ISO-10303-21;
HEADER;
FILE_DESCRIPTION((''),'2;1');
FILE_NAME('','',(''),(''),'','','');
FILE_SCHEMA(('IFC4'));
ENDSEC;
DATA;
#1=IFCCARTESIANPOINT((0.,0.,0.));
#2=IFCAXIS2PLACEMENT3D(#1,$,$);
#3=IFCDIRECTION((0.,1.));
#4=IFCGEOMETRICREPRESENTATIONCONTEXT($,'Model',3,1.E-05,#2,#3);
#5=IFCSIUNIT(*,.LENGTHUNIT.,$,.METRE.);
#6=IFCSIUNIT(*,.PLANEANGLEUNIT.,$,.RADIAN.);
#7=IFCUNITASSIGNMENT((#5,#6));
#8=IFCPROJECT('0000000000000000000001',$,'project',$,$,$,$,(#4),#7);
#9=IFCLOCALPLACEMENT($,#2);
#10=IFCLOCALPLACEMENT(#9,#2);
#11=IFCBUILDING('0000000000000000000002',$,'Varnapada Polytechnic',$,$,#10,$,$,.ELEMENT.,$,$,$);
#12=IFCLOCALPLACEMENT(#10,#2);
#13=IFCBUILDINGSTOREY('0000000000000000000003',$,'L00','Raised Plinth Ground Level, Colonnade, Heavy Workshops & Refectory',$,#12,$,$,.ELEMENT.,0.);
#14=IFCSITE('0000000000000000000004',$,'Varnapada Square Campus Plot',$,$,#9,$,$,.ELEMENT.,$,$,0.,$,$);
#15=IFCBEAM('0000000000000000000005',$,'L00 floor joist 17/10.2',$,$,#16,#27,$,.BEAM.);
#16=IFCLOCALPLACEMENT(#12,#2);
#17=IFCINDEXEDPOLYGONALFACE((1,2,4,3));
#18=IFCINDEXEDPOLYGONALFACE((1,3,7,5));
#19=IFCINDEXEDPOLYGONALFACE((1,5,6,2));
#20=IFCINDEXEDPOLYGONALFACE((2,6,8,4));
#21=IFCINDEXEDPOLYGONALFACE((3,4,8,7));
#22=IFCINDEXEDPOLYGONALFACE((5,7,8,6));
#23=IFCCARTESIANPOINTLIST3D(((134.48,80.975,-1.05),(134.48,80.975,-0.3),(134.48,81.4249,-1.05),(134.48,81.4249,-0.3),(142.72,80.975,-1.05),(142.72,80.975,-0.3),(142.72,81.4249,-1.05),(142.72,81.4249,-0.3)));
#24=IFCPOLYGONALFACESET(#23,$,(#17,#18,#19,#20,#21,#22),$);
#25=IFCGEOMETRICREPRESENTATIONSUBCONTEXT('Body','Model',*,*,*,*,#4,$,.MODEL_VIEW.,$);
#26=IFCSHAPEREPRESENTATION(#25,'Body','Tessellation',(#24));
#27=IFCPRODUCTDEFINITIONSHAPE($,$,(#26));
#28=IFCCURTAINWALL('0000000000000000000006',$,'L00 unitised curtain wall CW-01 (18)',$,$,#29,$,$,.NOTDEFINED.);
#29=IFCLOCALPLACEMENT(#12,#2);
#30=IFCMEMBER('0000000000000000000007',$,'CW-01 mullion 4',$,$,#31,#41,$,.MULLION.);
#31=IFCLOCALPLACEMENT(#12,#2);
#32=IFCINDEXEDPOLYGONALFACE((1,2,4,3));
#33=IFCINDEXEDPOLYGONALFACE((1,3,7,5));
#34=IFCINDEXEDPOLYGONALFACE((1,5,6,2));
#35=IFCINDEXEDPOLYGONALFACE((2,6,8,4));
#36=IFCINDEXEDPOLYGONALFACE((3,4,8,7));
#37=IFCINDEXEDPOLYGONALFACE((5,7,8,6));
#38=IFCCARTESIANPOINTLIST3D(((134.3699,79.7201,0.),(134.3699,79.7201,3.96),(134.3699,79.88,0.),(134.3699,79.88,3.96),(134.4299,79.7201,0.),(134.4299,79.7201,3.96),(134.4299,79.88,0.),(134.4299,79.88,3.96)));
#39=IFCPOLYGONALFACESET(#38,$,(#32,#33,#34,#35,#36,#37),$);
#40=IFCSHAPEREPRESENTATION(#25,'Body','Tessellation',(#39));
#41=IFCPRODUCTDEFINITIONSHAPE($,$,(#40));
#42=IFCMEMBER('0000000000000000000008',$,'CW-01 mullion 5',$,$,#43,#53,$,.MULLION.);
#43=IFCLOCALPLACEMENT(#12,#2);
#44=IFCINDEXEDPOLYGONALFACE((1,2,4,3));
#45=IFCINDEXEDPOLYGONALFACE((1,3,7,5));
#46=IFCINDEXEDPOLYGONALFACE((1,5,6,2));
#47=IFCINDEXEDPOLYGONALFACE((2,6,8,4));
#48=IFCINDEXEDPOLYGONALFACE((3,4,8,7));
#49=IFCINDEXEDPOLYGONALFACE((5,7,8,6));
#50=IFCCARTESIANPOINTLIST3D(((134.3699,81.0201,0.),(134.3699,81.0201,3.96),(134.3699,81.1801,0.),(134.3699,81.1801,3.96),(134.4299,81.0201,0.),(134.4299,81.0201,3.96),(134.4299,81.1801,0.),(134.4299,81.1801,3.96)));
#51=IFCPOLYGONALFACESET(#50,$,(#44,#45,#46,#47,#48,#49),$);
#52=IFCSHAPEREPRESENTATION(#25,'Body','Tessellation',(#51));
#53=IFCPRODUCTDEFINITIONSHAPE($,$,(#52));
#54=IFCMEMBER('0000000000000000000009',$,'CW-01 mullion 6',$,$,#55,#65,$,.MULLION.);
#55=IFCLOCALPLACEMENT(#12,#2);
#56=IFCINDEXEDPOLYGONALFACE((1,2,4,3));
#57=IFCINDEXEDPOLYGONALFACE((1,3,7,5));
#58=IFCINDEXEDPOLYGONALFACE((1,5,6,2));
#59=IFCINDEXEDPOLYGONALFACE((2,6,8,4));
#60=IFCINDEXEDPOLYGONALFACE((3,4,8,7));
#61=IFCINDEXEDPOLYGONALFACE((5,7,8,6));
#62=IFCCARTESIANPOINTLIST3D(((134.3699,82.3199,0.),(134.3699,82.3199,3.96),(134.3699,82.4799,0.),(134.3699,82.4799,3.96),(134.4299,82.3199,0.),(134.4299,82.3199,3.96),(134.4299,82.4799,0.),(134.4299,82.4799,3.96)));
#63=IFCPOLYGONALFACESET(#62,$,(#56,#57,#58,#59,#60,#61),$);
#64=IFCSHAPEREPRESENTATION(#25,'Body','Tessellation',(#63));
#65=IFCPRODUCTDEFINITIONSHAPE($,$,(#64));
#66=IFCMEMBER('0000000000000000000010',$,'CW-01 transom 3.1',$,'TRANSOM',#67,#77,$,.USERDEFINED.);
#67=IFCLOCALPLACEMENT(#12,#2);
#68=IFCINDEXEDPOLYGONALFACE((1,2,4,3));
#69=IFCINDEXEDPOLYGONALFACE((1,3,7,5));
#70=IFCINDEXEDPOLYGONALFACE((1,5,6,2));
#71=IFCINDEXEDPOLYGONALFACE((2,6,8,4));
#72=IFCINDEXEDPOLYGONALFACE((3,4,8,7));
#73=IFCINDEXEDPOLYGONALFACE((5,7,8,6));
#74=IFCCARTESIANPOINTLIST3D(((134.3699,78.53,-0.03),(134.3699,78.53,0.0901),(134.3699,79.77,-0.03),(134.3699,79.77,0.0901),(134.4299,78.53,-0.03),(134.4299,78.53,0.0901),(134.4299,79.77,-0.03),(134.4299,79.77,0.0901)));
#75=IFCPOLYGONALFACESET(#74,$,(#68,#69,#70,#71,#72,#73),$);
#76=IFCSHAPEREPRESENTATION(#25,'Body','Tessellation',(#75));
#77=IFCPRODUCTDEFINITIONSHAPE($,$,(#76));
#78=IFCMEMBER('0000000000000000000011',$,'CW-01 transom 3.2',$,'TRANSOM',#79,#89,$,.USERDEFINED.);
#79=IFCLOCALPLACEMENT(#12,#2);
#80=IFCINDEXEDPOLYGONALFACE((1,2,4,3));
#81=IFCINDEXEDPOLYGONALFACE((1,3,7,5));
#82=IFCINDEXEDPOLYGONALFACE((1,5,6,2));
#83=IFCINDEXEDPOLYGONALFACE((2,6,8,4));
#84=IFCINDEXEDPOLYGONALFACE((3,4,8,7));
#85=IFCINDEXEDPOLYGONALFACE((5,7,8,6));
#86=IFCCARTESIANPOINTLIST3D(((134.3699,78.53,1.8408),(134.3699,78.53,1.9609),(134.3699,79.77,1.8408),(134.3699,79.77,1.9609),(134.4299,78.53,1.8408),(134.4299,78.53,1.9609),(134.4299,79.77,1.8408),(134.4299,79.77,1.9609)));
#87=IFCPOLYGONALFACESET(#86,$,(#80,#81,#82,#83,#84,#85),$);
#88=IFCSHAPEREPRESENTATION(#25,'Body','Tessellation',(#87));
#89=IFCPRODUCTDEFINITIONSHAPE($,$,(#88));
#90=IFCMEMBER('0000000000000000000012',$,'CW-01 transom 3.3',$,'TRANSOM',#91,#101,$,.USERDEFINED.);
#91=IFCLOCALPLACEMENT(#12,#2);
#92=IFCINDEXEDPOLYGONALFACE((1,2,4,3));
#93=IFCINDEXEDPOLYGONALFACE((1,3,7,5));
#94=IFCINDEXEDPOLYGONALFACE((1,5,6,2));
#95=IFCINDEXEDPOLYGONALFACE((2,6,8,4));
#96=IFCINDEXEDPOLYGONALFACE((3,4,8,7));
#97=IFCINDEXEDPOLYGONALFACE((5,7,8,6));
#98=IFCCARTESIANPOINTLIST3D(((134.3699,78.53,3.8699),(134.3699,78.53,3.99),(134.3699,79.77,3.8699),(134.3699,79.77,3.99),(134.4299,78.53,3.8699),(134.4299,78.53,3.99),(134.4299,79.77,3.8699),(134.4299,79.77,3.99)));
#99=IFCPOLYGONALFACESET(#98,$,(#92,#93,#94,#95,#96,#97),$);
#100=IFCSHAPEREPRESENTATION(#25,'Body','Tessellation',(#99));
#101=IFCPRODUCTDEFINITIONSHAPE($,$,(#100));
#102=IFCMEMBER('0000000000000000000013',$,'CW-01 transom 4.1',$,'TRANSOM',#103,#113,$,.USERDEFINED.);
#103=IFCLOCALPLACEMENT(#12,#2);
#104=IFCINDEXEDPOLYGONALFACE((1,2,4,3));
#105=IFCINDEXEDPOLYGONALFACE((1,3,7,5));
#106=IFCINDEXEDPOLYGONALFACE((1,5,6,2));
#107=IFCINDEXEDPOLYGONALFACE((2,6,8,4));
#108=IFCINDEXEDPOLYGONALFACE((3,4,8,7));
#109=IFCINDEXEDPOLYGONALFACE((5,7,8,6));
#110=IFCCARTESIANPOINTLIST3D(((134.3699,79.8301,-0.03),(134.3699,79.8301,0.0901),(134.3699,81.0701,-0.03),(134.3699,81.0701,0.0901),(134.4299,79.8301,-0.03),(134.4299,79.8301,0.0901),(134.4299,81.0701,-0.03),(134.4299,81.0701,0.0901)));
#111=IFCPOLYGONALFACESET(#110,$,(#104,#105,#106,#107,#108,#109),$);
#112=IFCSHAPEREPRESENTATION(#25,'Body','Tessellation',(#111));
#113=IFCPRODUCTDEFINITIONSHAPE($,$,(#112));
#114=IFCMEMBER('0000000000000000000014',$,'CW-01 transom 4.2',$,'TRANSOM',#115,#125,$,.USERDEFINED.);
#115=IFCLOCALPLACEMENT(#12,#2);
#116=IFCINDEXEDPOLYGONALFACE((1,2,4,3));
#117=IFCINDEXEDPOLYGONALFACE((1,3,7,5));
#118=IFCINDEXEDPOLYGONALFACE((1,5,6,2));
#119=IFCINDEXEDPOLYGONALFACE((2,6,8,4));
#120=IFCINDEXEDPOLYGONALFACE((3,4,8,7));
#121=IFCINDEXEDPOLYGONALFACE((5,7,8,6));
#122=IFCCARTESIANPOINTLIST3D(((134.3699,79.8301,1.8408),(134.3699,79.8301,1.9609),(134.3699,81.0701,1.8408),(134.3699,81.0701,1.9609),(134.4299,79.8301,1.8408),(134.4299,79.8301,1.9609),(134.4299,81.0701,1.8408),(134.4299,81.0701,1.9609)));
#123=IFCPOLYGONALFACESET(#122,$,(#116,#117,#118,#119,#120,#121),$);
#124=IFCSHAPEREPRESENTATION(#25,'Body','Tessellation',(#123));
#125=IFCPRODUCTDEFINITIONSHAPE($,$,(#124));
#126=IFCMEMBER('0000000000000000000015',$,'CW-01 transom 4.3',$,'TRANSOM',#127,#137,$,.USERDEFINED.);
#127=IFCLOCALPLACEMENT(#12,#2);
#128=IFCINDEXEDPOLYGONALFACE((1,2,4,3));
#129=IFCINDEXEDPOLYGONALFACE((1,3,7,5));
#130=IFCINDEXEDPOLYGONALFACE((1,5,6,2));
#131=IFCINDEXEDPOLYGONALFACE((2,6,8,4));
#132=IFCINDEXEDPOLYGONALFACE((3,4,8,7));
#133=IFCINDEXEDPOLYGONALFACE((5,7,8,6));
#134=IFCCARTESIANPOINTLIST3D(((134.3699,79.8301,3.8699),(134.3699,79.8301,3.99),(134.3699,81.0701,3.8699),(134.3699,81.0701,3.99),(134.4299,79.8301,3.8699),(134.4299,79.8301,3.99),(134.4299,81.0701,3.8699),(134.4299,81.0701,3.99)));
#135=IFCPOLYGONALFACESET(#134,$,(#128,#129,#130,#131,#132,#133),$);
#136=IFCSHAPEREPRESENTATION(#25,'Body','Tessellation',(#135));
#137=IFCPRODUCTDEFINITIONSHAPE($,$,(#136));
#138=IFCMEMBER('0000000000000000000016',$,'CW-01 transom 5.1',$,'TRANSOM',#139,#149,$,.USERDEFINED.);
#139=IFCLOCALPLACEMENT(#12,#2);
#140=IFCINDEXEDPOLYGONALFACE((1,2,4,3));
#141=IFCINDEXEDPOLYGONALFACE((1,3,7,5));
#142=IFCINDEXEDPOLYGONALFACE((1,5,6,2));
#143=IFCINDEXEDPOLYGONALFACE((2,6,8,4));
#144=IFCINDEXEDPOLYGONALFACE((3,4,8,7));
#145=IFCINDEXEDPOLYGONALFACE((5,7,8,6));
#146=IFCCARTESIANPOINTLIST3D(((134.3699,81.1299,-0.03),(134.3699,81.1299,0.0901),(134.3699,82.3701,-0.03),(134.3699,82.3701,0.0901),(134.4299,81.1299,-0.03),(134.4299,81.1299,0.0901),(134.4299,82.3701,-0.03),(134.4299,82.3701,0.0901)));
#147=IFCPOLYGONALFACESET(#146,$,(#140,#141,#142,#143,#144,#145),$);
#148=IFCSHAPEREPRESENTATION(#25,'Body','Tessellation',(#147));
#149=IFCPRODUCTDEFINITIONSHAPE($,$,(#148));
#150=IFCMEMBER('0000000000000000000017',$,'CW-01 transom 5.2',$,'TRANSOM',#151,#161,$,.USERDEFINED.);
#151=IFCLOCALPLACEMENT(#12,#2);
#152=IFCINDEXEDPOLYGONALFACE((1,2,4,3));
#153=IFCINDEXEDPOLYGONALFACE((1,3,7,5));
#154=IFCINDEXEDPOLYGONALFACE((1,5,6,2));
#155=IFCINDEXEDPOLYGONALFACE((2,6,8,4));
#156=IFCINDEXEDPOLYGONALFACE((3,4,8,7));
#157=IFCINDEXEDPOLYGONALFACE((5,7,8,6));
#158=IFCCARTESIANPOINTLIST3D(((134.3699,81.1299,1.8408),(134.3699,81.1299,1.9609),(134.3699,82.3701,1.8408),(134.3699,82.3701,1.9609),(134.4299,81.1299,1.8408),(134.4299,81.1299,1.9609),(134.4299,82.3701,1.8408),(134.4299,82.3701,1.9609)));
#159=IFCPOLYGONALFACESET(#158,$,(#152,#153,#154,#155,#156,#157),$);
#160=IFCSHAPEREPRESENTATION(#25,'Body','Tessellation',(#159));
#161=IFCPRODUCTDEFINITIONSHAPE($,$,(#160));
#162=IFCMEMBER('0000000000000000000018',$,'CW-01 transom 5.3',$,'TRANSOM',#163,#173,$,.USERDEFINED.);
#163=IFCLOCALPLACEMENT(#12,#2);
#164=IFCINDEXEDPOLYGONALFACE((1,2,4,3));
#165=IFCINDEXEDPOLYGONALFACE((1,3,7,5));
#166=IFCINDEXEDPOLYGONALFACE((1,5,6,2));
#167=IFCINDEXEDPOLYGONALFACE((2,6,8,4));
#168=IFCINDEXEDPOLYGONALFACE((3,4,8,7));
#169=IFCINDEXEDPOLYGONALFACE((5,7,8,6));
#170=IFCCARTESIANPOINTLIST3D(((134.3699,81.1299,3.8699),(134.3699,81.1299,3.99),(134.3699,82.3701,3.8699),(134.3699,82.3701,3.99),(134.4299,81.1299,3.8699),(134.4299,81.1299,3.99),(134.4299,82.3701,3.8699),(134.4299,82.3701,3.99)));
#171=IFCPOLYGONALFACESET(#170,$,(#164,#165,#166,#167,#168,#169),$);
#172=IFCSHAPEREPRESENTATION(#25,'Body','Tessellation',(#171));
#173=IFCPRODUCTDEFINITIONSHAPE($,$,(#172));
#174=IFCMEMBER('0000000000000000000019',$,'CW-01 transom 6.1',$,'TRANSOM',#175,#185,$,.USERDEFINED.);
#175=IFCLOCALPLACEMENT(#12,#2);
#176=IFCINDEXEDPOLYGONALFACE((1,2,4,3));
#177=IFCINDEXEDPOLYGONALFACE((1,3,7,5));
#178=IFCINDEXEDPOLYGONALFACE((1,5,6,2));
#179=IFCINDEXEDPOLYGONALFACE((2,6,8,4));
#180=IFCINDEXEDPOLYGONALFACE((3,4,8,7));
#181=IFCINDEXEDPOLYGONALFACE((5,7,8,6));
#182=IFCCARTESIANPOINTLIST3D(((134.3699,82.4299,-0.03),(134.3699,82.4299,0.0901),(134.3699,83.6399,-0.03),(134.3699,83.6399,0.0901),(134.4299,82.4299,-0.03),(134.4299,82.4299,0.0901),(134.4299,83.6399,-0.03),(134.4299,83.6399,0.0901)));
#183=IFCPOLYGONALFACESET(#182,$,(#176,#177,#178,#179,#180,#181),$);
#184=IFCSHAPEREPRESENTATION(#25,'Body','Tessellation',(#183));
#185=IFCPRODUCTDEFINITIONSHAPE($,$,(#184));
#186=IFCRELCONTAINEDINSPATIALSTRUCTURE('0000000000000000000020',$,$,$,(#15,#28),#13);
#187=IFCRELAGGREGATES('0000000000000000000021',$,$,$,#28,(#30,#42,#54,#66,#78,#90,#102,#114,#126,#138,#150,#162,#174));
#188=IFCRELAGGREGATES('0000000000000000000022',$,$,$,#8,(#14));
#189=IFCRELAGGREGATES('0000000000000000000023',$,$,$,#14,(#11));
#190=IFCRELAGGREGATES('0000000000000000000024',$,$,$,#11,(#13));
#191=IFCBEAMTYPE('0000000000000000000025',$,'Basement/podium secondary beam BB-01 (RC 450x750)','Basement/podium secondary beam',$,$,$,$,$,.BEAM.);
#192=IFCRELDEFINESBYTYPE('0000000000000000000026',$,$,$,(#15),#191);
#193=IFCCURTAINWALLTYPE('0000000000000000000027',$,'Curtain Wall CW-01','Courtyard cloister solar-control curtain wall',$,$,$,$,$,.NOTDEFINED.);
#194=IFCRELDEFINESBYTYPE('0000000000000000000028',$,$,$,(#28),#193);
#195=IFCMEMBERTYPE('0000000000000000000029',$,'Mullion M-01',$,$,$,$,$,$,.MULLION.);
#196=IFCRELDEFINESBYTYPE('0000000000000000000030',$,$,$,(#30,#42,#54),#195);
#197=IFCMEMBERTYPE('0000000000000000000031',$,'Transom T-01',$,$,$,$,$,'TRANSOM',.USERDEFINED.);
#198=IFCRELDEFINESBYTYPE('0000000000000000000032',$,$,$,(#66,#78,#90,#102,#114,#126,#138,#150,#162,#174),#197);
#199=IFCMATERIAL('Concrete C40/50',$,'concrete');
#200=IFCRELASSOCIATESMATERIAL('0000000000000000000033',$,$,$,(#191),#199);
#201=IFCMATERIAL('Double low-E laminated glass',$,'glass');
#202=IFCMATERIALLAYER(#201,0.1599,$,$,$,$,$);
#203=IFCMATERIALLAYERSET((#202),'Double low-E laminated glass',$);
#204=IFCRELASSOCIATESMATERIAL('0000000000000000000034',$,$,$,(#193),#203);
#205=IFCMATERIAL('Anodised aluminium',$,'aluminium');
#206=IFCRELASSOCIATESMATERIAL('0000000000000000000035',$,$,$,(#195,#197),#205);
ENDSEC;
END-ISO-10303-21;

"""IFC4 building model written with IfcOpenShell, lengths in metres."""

from ifc_helpers import new_model, si_unit, direction, frame, origin, origin_2d, place, context, subcontext, project, spatial, rectangle, extrude, material, layer, layer_set, material_profile, profile_set, type_object, element, aggregate, save


model = new_model("IFC4")

# Units and contexts
model_context = context("Model", 3, precision=1e-05, world=origin(), true_north=direction((0.0, 1.0)))
body_context = subcontext(model_context, "Body", "Model", "MODEL_VIEW")
ifc_project = project(units=[si_unit("LENGTHUNIT", "METRE"), si_unit("PLANEANGLEUNIT", "RADIAN")], contexts=[model_context])

# Site, building, storey
site_placement = place(None, origin())
site = spatial("IfcSite", under=ifc_project, at=site_placement, Name="Varnapada Square Campus Plot", CompositionType="ELEMENT", RefElevation=0.0)
building_placement = place(site_placement, origin())
building = spatial("IfcBuilding", under=site, at=building_placement, Name="Varnapada Polytechnic", CompositionType="ELEMENT")
storey_placement = place(building_placement, origin())
storey = spatial("IfcBuildingStorey", under=building, at=storey_placement, Name="L00", Description="Raised Plinth Ground Level, Colonnade, Heavy Workshops & Refectory", CompositionType="ELEMENT", Elevation=0.0)

# Beam
ifc_material_1 = material(Name="Concrete C40/50", Category="concrete")
ifc_material_profile_1 = material_profile(ifc_material_1, rectangle(XDim=0.45, YDim=0.75, at=origin_2d()), Name="RC 450x750")
ifc_profile_set_1 = profile_set([ifc_material_profile_1], Name="Concrete C40/50")
beam_type = type_object("IfcBeamType", Name="Basement/podium secondary beam BB-01 (RC 450x750)", Description="Basement/podium secondary beam", PredefinedType="BEAM", material=ifc_profile_set_1)
beam_placement = place(storey_placement, frame((134.48, 81.2, -0.675), z_axis=(1.0, 0.0, 0.0), x_axis=(0.0, 1.0, 0.0)))
element("IfcBeam", 1, at=beam_placement, inside=storey, type_object=beam_type, Name="L00 floor joist 17/10.2", PredefinedType="BEAM", context=body_context, shape_type="SweptSolid", body=[
    extrude(rectangle(XDim=0.45, YDim=0.75, at=origin_2d()), origin(), (0.0, 0.0, 1.0), 8.24),
])

# Curtain wall, members
ifc_material_2 = material(Name="Double low-E laminated glass", Category="glass")
ifc_layer_1 = layer(ifc_material_2, 0.1599)
ifc_layer_set_1 = layer_set([ifc_layer_1], Name="Double low-E laminated glass")
curtain_wall_type = type_object("IfcCurtainWallType", Name="Curtain Wall CW-01", Description="Courtyard cloister solar-control curtain wall", PredefinedType="NOTDEFINED", material=ifc_layer_set_1)
curtain_wall_placement = place(storey_placement, origin())
curtain_wall = element("IfcCurtainWall", 2, at=curtain_wall_placement, inside=storey, type_object=curtain_wall_type, Name="L00 unitised curtain wall CW-01 (18)", PredefinedType="NOTDEFINED")
ifc_material_3 = material(Name="Anodised aluminium", Category="aluminium")
ifc_material_profile_2 = material_profile(ifc_material_3, rectangle(XDim=0.0601, YDim=0.1599, at=origin_2d()), Name="ALU M60x160")
ifc_profile_set_2 = profile_set([ifc_material_profile_2], Name="Anodised aluminium")
member_type_1 = type_object("IfcMemberType", Name="Mullion M-01", PredefinedType="MULLION", material=ifc_profile_set_2)
member_1_placement = place(storey_placement, frame((134.3999, 79.8, 0.0), z_axis=(0.0, 0.0, 1.0), x_axis=(-1.0, 0.0, 0.0)))
member_1 = element("IfcMember", 3, at=member_1_placement, type_object=member_type_1, Name="CW-01 mullion 4", PredefinedType="MULLION", context=body_context, shape_type="SweptSolid", body=[
    extrude(rectangle(XDim=0.0601, YDim=0.1599, at=origin_2d()), origin(), (0.0, 0.0, 1.0), 3.96),
])
member_2_placement = place(storey_placement, frame((134.3999, 81.1001, 0.0), z_axis=(0.0, 0.0, 1.0), x_axis=(-1.0, 0.0, 0.0)))
member_2 = element("IfcMember", 4, at=member_2_placement, type_object=member_type_1, Name="CW-01 mullion 5", PredefinedType="MULLION", context=body_context, shape_type="SweptSolid", body=[
    extrude(rectangle(XDim=0.0601, YDim=0.1599, at=origin_2d()), origin(), (0.0, 0.0, 1.0), 3.96),
])
member_3_placement = place(storey_placement, frame((134.3999, 82.3999, 0.0), z_axis=(0.0, 0.0, 1.0), x_axis=(-1.0, 0.0, 0.0)))
member_3 = element("IfcMember", 5, at=member_3_placement, type_object=member_type_1, Name="CW-01 mullion 6", PredefinedType="MULLION", context=body_context, shape_type="SweptSolid", body=[
    extrude(rectangle(XDim=0.0601, YDim=0.1599, at=origin_2d()), origin(), (0.0, 0.0, 1.0), 3.96),
])
ifc_material_profile_3 = material_profile(ifc_material_3, rectangle(XDim=0.0601, YDim=0.1201, at=origin_2d()), Name="ALU T60x120")
ifc_profile_set_3 = profile_set([ifc_material_profile_3], Name="Anodised aluminium")
member_type_2 = type_object("IfcMemberType", Name="Transom T-01", ElementType="TRANSOM", PredefinedType="USERDEFINED", material=ifc_profile_set_3)
member_4_placement = place(storey_placement, frame((134.3999, 78.53, 0.03), z_axis=(0.0, 1.0, 0.0), x_axis=(-1.0, 0.0, 0.0)))
member_4 = element("IfcMember", 6, at=member_4_placement, type_object=member_type_2, Name="CW-01 transom 3.1", ObjectType="TRANSOM", PredefinedType="USERDEFINED", context=body_context, shape_type="SweptSolid", body=[
    extrude(rectangle(XDim=0.0601, YDim=0.1201, at=origin_2d()), origin(), (0.0, 0.0, 1.0), 1.24),
])
member_5_placement = place(storey_placement, frame((134.3999, 78.53, 1.9009), z_axis=(0.0, 1.0, 0.0), x_axis=(-1.0, 0.0, 0.0)))
member_5 = element("IfcMember", 7, at=member_5_placement, type_object=member_type_2, Name="CW-01 transom 3.2", ObjectType="TRANSOM", PredefinedType="USERDEFINED", context=body_context, shape_type="SweptSolid", body=[
    extrude(rectangle(XDim=0.0601, YDim=0.1201, at=origin_2d()), origin(), (0.0, 0.0, 1.0), 1.24),
])
member_6_placement = place(storey_placement, frame((134.3999, 78.53, 3.9299), z_axis=(0.0, 1.0, 0.0), x_axis=(-1.0, 0.0, 0.0)))
member_6 = element("IfcMember", 8, at=member_6_placement, type_object=member_type_2, Name="CW-01 transom 3.3", ObjectType="TRANSOM", PredefinedType="USERDEFINED", context=body_context, shape_type="SweptSolid", body=[
    extrude(rectangle(XDim=0.0601, YDim=0.1201, at=origin_2d()), origin(), (0.0, 0.0, 1.0), 1.24),
])
member_7_placement = place(storey_placement, frame((134.3999, 79.8301, 0.03), z_axis=(0.0, 1.0, 0.0), x_axis=(-1.0, 0.0, 0.0)))
member_7 = element("IfcMember", 9, at=member_7_placement, type_object=member_type_2, Name="CW-01 transom 4.1", ObjectType="TRANSOM", PredefinedType="USERDEFINED", context=body_context, shape_type="SweptSolid", body=[
    extrude(rectangle(XDim=0.0601, YDim=0.1201, at=origin_2d()), origin(), (0.0, 0.0, 1.0), 1.24),
])
member_8_placement = place(storey_placement, frame((134.3999, 79.8301, 1.9009), z_axis=(0.0, 1.0, 0.0), x_axis=(-1.0, 0.0, 0.0)))
member_8 = element("IfcMember", 10, at=member_8_placement, type_object=member_type_2, Name="CW-01 transom 4.2", ObjectType="TRANSOM", PredefinedType="USERDEFINED", context=body_context, shape_type="SweptSolid", body=[
    extrude(rectangle(XDim=0.0601, YDim=0.1201, at=origin_2d()), origin(), (0.0, 0.0, 1.0), 1.24),
])
member_9_placement = place(storey_placement, frame((134.3999, 79.8301, 3.9299), z_axis=(0.0, 1.0, 0.0), x_axis=(-1.0, 0.0, 0.0)))
member_9 = element("IfcMember", 11, at=member_9_placement, type_object=member_type_2, Name="CW-01 transom 4.3", ObjectType="TRANSOM", PredefinedType="USERDEFINED", context=body_context, shape_type="SweptSolid", body=[
    extrude(rectangle(XDim=0.0601, YDim=0.1201, at=origin_2d()), origin(), (0.0, 0.0, 1.0), 1.24),
])
member_10_placement = place(storey_placement, frame((134.3999, 81.1299, 0.03), z_axis=(0.0, 1.0, 0.0), x_axis=(-1.0, 0.0, 0.0)))
member_10 = element("IfcMember", 12, at=member_10_placement, type_object=member_type_2, Name="CW-01 transom 5.1", ObjectType="TRANSOM", PredefinedType="USERDEFINED", context=body_context, shape_type="SweptSolid", body=[
    extrude(rectangle(XDim=0.0601, YDim=0.1201, at=origin_2d()), origin(), (0.0, 0.0, 1.0), 1.2402),
])
member_11_placement = place(storey_placement, frame((134.3999, 81.1299, 1.9009), z_axis=(0.0, 1.0, 0.0), x_axis=(-1.0, 0.0, 0.0)))
member_11 = element("IfcMember", 13, at=member_11_placement, type_object=member_type_2, Name="CW-01 transom 5.2", ObjectType="TRANSOM", PredefinedType="USERDEFINED", context=body_context, shape_type="SweptSolid", body=[
    extrude(rectangle(XDim=0.0601, YDim=0.1201, at=origin_2d()), origin(), (0.0, 0.0, 1.0), 1.2402),
])
member_12_placement = place(storey_placement, frame((134.3999, 81.1299, 3.9299), z_axis=(0.0, 1.0, 0.0), x_axis=(-1.0, 0.0, 0.0)))
member_12 = element("IfcMember", 14, at=member_12_placement, type_object=member_type_2, Name="CW-01 transom 5.3", ObjectType="TRANSOM", PredefinedType="USERDEFINED", context=body_context, shape_type="SweptSolid", body=[
    extrude(rectangle(XDim=0.0601, YDim=0.1201, at=origin_2d()), origin(), (0.0, 0.0, 1.0), 1.2402),
])
member_13_placement = place(storey_placement, frame((134.3999, 82.4299, 0.03), z_axis=(0.0, 1.0, 0.0), x_axis=(-1.0, 0.0, 0.0)))
member_13 = element("IfcMember", 15, at=member_13_placement, type_object=member_type_2, Name="CW-01 transom 6.1", ObjectType="TRANSOM", PredefinedType="USERDEFINED", context=body_context, shape_type="SweptSolid", body=[
    extrude(rectangle(XDim=0.0601, YDim=0.1201, at=origin_2d()), origin(), (0.0, 0.0, 1.0), 1.21),
])
aggregate(curtain_wall, [member_1, member_2, member_3, member_4, member_5, member_6, member_7, member_8, member_9, member_10, member_11, member_12, member_13])

save(model, "model.ifc")
